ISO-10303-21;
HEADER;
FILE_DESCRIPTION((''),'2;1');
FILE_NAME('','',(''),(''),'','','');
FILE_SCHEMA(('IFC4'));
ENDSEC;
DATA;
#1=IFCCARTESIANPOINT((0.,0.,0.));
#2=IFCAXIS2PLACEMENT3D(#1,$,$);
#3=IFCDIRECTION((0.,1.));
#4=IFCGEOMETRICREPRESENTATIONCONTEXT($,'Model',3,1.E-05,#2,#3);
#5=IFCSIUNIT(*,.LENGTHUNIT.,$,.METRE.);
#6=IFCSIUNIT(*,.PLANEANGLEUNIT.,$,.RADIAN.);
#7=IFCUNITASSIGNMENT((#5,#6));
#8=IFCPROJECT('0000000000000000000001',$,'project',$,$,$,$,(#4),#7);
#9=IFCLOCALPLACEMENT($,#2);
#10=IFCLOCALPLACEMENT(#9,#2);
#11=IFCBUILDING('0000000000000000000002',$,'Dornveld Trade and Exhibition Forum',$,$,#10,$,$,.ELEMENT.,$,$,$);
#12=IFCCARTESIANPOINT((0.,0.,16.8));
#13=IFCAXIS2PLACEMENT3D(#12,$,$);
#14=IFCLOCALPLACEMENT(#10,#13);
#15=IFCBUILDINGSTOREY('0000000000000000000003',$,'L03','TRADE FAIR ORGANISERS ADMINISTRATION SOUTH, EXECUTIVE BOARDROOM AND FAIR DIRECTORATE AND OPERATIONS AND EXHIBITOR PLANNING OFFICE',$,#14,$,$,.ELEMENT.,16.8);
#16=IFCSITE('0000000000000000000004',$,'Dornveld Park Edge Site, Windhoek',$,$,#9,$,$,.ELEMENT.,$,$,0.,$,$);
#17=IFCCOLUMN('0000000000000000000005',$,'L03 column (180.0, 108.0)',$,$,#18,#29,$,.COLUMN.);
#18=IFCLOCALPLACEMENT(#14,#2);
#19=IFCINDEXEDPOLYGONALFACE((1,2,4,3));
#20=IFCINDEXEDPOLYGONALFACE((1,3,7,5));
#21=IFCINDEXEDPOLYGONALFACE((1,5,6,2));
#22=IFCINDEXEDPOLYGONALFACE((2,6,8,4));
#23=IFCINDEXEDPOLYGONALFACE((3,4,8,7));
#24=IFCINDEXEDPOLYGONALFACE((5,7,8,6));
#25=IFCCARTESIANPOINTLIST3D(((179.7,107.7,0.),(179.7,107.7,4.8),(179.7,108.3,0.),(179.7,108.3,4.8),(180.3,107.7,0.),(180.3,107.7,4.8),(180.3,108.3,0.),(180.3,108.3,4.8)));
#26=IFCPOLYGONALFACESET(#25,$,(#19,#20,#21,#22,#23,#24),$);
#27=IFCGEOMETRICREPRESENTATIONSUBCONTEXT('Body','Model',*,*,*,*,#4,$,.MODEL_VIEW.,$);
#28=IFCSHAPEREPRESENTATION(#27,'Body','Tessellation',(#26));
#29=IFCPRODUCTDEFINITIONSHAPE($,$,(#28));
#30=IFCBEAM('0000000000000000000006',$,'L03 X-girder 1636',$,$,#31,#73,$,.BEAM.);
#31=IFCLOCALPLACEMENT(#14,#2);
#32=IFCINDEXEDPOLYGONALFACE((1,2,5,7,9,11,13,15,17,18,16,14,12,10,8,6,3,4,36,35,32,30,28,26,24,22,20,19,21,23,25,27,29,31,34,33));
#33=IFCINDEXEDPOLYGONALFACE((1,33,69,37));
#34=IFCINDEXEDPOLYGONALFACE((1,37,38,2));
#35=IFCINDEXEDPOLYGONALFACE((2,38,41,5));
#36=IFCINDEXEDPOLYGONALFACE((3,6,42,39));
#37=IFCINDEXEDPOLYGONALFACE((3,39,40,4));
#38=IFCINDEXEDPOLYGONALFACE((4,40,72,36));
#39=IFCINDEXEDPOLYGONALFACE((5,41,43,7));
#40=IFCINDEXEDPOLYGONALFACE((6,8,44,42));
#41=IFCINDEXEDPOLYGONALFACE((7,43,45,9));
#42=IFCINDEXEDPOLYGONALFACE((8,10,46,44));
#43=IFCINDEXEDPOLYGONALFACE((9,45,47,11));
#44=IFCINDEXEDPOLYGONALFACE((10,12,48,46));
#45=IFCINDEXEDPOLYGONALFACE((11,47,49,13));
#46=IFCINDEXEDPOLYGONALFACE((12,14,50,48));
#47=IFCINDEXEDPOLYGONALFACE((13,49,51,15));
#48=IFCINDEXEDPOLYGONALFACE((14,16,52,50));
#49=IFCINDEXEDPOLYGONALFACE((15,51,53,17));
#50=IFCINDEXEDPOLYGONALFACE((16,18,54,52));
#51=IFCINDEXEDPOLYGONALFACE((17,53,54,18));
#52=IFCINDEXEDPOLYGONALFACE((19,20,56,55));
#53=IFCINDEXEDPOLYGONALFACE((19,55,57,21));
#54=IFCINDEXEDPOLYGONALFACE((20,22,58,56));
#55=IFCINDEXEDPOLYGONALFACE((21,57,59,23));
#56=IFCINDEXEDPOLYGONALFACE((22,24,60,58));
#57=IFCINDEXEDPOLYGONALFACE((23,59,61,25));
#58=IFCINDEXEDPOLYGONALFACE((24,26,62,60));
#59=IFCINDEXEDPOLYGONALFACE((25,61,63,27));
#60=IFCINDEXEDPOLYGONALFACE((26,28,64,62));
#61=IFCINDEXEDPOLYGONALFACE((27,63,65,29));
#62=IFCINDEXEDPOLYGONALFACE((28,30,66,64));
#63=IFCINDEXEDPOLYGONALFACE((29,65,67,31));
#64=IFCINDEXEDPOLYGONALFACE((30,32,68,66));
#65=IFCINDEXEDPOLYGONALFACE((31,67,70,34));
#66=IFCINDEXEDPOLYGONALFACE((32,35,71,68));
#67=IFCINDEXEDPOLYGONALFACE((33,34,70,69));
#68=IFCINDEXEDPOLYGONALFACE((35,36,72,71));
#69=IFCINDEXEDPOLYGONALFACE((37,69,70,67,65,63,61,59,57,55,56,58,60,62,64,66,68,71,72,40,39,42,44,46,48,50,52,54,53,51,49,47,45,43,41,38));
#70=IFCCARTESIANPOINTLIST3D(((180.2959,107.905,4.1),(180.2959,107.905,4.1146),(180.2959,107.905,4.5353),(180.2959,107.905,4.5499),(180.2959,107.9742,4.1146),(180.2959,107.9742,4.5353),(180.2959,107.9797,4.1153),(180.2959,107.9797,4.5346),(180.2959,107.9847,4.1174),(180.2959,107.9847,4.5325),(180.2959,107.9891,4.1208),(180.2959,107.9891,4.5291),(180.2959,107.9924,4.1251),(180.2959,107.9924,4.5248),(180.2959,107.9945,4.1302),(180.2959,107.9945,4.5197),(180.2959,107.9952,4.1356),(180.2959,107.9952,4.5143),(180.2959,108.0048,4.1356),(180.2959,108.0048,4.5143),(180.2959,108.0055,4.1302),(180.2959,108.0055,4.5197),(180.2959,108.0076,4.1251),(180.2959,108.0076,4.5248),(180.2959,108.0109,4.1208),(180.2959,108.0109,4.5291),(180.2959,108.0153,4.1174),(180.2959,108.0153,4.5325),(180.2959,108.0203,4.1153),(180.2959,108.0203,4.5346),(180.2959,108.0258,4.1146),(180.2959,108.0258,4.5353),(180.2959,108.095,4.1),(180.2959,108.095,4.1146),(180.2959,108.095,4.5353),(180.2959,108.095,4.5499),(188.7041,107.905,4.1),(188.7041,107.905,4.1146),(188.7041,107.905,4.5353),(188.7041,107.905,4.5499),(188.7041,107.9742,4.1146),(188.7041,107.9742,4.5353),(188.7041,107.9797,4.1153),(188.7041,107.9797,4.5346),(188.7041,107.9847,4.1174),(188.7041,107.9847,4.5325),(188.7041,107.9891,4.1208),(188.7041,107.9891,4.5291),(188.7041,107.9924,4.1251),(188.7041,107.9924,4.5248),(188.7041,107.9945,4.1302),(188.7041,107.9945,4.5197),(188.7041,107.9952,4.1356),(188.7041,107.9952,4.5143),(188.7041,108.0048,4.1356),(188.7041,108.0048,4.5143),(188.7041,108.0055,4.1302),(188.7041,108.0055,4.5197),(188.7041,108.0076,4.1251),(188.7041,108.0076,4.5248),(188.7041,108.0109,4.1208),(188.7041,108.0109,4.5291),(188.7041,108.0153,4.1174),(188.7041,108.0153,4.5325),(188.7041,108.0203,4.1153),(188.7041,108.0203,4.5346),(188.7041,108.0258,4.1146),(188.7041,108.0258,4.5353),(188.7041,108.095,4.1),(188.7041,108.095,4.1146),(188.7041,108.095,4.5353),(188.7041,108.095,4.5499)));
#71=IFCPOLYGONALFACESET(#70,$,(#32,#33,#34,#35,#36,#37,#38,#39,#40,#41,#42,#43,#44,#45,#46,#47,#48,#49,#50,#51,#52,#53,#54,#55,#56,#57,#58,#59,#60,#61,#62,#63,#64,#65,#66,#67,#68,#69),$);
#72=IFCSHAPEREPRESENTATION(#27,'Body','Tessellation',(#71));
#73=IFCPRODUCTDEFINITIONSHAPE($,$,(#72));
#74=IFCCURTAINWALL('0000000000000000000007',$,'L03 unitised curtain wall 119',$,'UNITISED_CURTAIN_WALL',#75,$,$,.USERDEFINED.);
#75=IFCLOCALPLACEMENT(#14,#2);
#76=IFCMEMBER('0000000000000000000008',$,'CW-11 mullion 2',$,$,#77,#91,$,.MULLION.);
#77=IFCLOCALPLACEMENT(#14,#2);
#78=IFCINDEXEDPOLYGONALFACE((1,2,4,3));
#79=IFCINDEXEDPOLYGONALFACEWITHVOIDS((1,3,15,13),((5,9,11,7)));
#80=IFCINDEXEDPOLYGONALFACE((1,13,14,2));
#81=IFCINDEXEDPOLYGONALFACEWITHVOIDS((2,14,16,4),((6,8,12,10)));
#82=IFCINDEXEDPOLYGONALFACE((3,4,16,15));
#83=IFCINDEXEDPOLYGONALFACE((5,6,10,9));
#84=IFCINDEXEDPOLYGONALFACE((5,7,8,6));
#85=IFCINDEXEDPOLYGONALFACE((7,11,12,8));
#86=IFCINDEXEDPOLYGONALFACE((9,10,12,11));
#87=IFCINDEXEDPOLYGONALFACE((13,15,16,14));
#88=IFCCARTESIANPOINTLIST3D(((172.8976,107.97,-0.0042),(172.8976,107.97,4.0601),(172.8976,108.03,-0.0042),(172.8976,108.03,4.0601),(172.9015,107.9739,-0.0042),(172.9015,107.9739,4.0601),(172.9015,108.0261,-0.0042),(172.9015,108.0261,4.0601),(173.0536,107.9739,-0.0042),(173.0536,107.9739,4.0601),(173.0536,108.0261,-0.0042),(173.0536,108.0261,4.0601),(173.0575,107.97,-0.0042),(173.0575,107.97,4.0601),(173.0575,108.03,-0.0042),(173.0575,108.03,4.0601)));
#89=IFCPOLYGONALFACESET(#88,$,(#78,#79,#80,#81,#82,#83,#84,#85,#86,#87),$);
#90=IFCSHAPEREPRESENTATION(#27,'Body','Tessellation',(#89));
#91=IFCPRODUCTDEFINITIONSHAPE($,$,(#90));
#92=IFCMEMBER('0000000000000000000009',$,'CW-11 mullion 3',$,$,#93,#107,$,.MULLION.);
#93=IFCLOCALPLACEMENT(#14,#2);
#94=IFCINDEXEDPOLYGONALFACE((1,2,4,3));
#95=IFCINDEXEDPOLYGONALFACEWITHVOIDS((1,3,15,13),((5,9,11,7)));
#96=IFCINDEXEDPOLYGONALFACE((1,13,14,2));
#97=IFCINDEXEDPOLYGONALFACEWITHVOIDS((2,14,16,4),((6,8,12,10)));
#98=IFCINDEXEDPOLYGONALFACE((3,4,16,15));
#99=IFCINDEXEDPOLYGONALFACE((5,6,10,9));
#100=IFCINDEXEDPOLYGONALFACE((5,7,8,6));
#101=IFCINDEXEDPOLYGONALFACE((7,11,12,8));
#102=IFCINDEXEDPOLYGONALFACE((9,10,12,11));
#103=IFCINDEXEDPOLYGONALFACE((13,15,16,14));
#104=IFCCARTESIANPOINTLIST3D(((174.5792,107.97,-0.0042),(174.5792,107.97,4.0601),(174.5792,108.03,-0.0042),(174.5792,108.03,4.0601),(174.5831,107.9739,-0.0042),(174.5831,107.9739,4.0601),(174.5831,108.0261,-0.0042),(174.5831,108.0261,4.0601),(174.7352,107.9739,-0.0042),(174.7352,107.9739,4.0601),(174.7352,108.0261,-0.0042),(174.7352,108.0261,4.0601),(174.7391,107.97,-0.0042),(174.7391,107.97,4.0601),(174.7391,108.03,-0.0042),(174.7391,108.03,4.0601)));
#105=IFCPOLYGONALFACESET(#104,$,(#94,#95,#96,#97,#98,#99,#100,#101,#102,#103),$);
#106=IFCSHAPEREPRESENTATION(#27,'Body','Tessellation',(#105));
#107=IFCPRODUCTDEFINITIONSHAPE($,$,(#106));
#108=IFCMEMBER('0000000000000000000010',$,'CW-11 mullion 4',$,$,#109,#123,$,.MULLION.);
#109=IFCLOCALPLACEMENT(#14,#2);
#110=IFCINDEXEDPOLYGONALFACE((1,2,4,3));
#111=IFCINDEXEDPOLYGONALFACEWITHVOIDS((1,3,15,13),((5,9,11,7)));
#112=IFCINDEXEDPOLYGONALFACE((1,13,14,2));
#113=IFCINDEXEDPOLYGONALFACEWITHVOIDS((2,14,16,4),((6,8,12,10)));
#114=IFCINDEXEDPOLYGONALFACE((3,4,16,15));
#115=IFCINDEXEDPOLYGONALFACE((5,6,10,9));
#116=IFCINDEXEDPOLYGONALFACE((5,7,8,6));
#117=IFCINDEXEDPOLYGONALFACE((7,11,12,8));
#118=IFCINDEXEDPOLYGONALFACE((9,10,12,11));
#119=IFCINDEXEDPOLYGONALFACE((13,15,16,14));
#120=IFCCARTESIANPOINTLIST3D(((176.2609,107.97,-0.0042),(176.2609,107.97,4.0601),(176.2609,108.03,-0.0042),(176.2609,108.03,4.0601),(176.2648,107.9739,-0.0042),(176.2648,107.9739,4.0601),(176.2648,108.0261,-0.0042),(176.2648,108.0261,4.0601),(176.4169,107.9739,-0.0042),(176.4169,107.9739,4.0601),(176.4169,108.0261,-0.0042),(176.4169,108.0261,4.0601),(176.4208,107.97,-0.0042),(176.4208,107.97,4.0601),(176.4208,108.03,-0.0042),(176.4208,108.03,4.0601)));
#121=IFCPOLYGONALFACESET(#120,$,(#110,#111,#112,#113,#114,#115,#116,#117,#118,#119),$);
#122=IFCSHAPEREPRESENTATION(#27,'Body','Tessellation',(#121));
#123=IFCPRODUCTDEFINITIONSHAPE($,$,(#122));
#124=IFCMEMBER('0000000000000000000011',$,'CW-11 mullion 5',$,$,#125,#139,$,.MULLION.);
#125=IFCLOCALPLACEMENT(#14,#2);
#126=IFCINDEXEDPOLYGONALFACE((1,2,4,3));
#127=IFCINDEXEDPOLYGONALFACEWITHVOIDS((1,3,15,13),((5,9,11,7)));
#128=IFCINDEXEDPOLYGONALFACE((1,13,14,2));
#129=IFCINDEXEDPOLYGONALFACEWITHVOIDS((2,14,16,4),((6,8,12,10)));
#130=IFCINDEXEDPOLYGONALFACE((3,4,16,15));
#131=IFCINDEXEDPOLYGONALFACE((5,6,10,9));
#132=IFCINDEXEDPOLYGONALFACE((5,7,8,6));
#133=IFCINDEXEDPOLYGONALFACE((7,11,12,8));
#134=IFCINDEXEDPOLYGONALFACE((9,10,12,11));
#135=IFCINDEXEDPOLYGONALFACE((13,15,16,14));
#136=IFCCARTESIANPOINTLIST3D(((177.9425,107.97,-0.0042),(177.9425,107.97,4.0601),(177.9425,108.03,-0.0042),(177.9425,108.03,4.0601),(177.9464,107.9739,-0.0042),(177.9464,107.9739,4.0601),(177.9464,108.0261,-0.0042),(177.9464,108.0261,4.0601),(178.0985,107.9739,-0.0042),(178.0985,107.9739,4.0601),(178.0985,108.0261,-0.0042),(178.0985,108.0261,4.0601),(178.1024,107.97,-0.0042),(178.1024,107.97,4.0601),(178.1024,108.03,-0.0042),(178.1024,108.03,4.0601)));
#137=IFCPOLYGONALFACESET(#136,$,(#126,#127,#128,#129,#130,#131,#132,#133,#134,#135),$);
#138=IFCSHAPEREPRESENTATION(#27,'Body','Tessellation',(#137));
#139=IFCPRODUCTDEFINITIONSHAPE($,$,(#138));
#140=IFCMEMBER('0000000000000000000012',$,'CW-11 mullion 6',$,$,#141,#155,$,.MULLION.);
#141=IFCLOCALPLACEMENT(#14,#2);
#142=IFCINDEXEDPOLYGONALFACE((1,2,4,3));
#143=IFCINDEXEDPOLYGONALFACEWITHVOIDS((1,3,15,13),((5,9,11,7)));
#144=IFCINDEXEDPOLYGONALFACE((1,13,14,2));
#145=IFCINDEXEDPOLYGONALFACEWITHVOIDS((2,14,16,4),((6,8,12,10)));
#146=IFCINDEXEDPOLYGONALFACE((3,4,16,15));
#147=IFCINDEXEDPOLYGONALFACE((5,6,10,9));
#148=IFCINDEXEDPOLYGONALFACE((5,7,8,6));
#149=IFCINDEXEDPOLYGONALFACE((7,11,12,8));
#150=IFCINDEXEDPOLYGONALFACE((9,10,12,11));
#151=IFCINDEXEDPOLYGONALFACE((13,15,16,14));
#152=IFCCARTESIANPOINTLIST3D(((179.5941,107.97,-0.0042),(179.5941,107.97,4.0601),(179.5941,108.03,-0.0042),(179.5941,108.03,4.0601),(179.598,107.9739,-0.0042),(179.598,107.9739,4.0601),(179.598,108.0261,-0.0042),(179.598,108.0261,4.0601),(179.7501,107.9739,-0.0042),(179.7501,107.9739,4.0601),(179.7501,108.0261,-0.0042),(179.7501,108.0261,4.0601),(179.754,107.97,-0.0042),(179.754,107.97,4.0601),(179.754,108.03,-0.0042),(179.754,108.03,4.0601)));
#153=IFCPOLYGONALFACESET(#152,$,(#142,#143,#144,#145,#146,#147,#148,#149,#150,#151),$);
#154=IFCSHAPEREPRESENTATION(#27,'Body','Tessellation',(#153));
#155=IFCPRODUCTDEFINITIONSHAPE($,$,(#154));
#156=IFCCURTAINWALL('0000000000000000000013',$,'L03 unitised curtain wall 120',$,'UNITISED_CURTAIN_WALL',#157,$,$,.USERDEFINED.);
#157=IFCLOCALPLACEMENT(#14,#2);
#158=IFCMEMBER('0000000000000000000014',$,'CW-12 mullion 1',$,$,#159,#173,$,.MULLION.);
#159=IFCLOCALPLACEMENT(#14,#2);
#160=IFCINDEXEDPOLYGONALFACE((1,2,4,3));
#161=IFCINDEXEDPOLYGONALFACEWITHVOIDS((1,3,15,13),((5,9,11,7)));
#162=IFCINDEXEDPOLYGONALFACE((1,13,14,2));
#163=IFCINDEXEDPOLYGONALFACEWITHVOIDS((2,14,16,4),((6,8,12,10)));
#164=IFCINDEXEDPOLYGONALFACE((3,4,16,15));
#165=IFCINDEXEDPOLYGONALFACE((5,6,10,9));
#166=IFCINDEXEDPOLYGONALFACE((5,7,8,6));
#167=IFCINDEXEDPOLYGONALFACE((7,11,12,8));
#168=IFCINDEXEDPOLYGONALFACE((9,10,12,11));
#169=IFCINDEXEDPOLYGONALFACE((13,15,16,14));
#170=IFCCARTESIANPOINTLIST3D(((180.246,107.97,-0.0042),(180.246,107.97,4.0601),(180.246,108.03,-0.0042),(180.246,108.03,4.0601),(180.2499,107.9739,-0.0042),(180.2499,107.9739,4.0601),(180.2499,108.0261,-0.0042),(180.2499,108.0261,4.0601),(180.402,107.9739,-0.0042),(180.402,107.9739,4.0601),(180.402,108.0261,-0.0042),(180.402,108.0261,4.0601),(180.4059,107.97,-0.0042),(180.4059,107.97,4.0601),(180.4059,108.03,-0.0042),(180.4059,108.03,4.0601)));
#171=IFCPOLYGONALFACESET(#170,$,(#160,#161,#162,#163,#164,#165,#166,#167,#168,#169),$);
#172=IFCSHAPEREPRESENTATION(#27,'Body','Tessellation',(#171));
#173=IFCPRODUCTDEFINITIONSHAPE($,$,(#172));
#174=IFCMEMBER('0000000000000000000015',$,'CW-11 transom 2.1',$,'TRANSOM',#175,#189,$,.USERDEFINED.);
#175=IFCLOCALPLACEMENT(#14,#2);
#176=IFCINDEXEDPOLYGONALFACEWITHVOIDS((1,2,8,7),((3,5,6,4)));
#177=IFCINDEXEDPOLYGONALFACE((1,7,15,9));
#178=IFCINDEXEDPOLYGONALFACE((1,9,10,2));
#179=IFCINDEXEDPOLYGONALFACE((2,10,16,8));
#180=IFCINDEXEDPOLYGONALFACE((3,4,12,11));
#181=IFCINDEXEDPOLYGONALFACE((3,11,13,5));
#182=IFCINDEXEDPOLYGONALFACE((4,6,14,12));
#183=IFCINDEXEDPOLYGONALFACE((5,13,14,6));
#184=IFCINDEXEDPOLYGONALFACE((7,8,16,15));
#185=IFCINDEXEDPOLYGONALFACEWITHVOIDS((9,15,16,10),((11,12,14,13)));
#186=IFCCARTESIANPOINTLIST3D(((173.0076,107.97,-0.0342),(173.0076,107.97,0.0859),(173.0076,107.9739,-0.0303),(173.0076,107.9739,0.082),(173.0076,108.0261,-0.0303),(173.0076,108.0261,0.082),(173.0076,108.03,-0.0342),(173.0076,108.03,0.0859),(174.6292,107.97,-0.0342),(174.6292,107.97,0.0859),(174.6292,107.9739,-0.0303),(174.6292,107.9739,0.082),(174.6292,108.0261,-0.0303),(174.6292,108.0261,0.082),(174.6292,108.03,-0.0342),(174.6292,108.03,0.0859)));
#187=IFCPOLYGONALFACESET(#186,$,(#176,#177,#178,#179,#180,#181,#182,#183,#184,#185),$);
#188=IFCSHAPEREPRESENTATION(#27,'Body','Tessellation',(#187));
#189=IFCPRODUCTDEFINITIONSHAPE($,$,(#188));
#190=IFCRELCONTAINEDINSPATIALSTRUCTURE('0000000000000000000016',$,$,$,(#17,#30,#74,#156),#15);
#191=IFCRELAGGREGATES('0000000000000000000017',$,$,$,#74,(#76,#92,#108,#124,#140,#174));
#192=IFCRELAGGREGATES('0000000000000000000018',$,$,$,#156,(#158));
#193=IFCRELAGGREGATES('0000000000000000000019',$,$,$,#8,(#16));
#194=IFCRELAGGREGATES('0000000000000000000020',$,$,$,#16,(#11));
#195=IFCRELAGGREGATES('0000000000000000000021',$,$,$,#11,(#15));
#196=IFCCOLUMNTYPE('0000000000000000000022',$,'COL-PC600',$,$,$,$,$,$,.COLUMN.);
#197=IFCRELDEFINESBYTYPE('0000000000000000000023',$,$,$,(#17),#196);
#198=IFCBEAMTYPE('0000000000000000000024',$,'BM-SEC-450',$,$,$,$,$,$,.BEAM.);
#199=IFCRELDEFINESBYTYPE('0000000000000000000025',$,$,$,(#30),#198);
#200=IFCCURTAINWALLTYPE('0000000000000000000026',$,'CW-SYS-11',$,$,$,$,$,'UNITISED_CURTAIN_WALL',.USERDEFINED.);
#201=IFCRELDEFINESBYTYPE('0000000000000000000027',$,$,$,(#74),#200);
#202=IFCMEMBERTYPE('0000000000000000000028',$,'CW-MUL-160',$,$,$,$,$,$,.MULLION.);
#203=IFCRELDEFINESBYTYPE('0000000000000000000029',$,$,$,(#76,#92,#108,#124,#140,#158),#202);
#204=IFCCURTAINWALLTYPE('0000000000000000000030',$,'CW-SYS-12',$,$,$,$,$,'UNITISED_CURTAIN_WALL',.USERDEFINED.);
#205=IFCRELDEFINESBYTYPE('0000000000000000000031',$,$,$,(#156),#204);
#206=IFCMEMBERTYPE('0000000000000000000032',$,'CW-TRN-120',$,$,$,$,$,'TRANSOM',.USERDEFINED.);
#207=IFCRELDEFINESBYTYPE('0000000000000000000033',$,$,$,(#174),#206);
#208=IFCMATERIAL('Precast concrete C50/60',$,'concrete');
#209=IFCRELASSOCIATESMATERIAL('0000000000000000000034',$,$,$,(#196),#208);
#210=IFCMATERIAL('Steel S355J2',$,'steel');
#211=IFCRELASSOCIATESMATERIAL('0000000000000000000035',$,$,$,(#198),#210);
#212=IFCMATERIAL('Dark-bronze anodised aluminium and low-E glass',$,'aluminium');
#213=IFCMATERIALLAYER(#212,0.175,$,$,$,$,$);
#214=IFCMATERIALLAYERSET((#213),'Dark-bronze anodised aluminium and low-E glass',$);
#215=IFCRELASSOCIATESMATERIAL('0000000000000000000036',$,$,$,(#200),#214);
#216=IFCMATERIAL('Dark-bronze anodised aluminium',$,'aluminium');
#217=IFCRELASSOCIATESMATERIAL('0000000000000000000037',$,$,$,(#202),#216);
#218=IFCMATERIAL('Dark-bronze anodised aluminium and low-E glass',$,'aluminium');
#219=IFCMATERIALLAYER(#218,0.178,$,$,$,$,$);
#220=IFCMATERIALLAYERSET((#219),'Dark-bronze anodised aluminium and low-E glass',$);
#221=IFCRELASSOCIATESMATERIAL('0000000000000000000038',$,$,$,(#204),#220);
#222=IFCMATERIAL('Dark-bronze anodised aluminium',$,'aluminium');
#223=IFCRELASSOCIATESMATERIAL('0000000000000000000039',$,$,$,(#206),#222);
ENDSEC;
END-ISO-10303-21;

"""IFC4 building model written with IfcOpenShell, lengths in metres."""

from ifc_helpers import new_model, si_unit, direction, frame, origin, origin_2d, place, context, subcontext, project, spatial, rectangle, hollow_rectangle, i_section, extrude, material, layer, layer_set, material_profile, profile_set, type_object, element, aggregate, save


model = new_model("IFC4")

# Units and contexts
model_context = context("Model", 3, precision=1e-05, world=origin(), true_north=direction((0.0, 1.0)))
body_context = subcontext(model_context, "Body", "Model", "MODEL_VIEW")
ifc_project = project(units=[si_unit("LENGTHUNIT", "METRE"), si_unit("PLANEANGLEUNIT", "RADIAN")], contexts=[model_context])

# Site, building, storey
site_placement = place(None, origin())
site = spatial("IfcSite", under=ifc_project, at=site_placement, Name="Dornveld Park Edge Site, Windhoek", CompositionType="ELEMENT", RefElevation=0.0)
building_placement = place(site_placement, origin())
building = spatial("IfcBuilding", under=site, at=building_placement, Name="Dornveld Trade and Exhibition Forum", CompositionType="ELEMENT")
storey_placement = place(building_placement, frame((0.0, 0.0, 16.8)))
storey = spatial("IfcBuildingStorey", under=building, at=storey_placement, Name="L03", Description="TRADE FAIR ORGANISERS ADMINISTRATION SOUTH, EXECUTIVE BOARDROOM AND FAIR DIRECTORATE AND OPERATIONS AND EXHIBITOR PLANNING OFFICE", CompositionType="ELEMENT", Elevation=16.8)

# Column
ifc_material_1 = material(Name="Precast concrete C50/60", Category="concrete")
ifc_material_profile_1 = material_profile(ifc_material_1, rectangle(XDim=0.6001, YDim=0.6001, at=origin_2d()), Name="PC-COL 600x600")
ifc_profile_set_1 = profile_set([ifc_material_profile_1], Name="Precast concrete C50/60")
column_type = type_object("IfcColumnType", Name="COL-PC600", PredefinedType="COLUMN", material=ifc_profile_set_1)
column_placement = place(storey_placement, frame((180.0, 108.0, 0.0), z_axis=(0.0, 0.0, 1.0), x_axis=(1.0, 0.0, 0.0)))
element("IfcColumn", 1, at=column_placement, inside=storey, type_object=column_type, Name="L03 column (180.0, 108.0)", PredefinedType="COLUMN", context=body_context, shape_type="SweptSolid", body=[
    extrude(rectangle(XDim=0.6001, YDim=0.6001, at=origin_2d()), origin(), (0.0, 0.0, 1.0), 4.8),
])

# Beam
ifc_material_2 = material(Name="Steel S355J2", Category="steel")
ifc_material_profile_2 = material_profile(ifc_material_2, i_section(OverallWidth=0.1899, OverallDepth=0.45, WebThickness=0.0095, FlangeThickness=0.0146, FilletRadius=0.021, at=origin_2d()), Name="IPE 450")
ifc_profile_set_2 = profile_set([ifc_material_profile_2], Name="Steel S355J2")
beam_type = type_object("IfcBeamType", Name="BM-SEC-450", PredefinedType="BEAM", material=ifc_profile_set_2)
beam_placement = place(storey_placement, frame((180.2959, 108.0, 4.325), z_axis=(1.0, 0.0, 0.0), x_axis=(0.0, 1.0, 0.0)))
element("IfcBeam", 2, at=beam_placement, inside=storey, type_object=beam_type, Name="L03 X-girder 1636", PredefinedType="BEAM", context=body_context, shape_type="SweptSolid", body=[
    extrude(i_section(OverallWidth=0.1899, OverallDepth=0.45, WebThickness=0.0095, FlangeThickness=0.0146, FilletRadius=0.021, at=origin_2d()), origin(), (0.0, 0.0, 1.0), 8.4082),
])

# Curtain wall, members
ifc_material_3 = material(Name="Dark-bronze anodised aluminium and low-E glass", Category="aluminium")
ifc_layer_1 = layer(ifc_material_3, 0.175)
ifc_layer_set_1 = layer_set([ifc_layer_1], Name="Dark-bronze anodised aluminium and low-E glass")
curtain_wall_type_1 = type_object("IfcCurtainWallType", Name="CW-SYS-11", ElementType="UNITISED_CURTAIN_WALL", PredefinedType="USERDEFINED", material=ifc_layer_set_1)
curtain_wall_1_placement = place(storey_placement, origin())
curtain_wall_1 = element("IfcCurtainWall", 3, at=curtain_wall_1_placement, inside=storey, type_object=curtain_wall_type_1, Name="L03 unitised curtain wall 119", ObjectType="UNITISED_CURTAIN_WALL", PredefinedType="USERDEFINED")
ifc_material_4 = material(Name="Dark-bronze anodised aluminium", Category="aluminium")
ifc_material_profile_3 = material_profile(ifc_material_4, hollow_rectangle(XDim=0.0601, YDim=0.1599, WallThickness=0.0039, at=origin_2d()), Name="RHS 160x60x4")
ifc_profile_set_3 = profile_set([ifc_material_profile_3], Name="Dark-bronze anodised aluminium")
member_type_1 = type_object("IfcMemberType", Name="CW-MUL-160", PredefinedType="MULLION", material=ifc_profile_set_3)
member_1_placement = place(storey_placement, frame((172.9775, 108.0, -0.0042), z_axis=(0.0, 0.0, 1.0), x_axis=(0.0, 1.0, 0.0)))
member_1 = element("IfcMember", 4, at=member_1_placement, type_object=member_type_1, Name="CW-11 mullion 2", PredefinedType="MULLION", context=body_context, shape_type="SweptSolid", body=[
    extrude(hollow_rectangle(XDim=0.0601, YDim=0.1599, WallThickness=0.0039, at=origin_2d()), origin(), (0.0, 0.0, 1.0), 4.0642),
])
member_2_placement = place(storey_placement, frame((174.6592, 108.0, -0.0042), z_axis=(0.0, 0.0, 1.0), x_axis=(0.0, 1.0, 0.0)))
member_2 = element("IfcMember", 5, at=member_2_placement, type_object=member_type_1, Name="CW-11 mullion 3", PredefinedType="MULLION", context=body_context, shape_type="SweptSolid", body=[
    extrude(hollow_rectangle(XDim=0.0601, YDim=0.1599, WallThickness=0.0039, at=origin_2d()), origin(), (0.0, 0.0, 1.0), 4.0642),
])
member_3_placement = place(storey_placement, frame((176.3408, 108.0, -0.0042), z_axis=(0.0, 0.0, 1.0), x_axis=(0.0, 1.0, 0.0)))
member_3 = element("IfcMember", 6, at=member_3_placement, type_object=member_type_1, Name="CW-11 mullion 4", PredefinedType="MULLION", context=body_context, shape_type="SweptSolid", body=[
    extrude(hollow_rectangle(XDim=0.0601, YDim=0.1599, WallThickness=0.0039, at=origin_2d()), origin(), (0.0, 0.0, 1.0), 4.0642),
])
member_4_placement = place(storey_placement, frame((178.0225, 108.0, -0.0042), z_axis=(0.0, 0.0, 1.0), x_axis=(0.0, 1.0, 0.0)))
member_4 = element("IfcMember", 7, at=member_4_placement, type_object=member_type_1, Name="CW-11 mullion 5", PredefinedType="MULLION", context=body_context, shape_type="SweptSolid", body=[
    extrude(hollow_rectangle(XDim=0.0601, YDim=0.1599, WallThickness=0.0039, at=origin_2d()), origin(), (0.0, 0.0, 1.0), 4.0642),
])
member_5_placement = place(storey_placement, frame((179.6741, 108.0, -0.0042), z_axis=(0.0, 0.0, 1.0), x_axis=(0.0, 1.0, 0.0)))
member_5 = element("IfcMember", 8, at=member_5_placement, type_object=member_type_1, Name="CW-11 mullion 6", PredefinedType="MULLION", context=body_context, shape_type="SweptSolid", body=[
    extrude(hollow_rectangle(XDim=0.0601, YDim=0.1599, WallThickness=0.0039, at=origin_2d()), origin(), (0.0, 0.0, 1.0), 4.0642),
])

# Curtain wall, member
ifc_material_5 = material(Name="Dark-bronze anodised aluminium and low-E glass", Category="aluminium")
ifc_layer_2 = layer(ifc_material_5, 0.178)
ifc_layer_set_2 = layer_set([ifc_layer_2], Name="Dark-bronze anodised aluminium and low-E glass")
curtain_wall_type_2 = type_object("IfcCurtainWallType", Name="CW-SYS-12", ElementType="UNITISED_CURTAIN_WALL", PredefinedType="USERDEFINED", material=ifc_layer_set_2)
curtain_wall_2_placement = place(storey_placement, origin())
curtain_wall_2 = element("IfcCurtainWall", 9, at=curtain_wall_2_placement, inside=storey, type_object=curtain_wall_type_2, Name="L03 unitised curtain wall 120", ObjectType="UNITISED_CURTAIN_WALL", PredefinedType="USERDEFINED")
member_6_placement = place(storey_placement, frame((180.3259, 108.0, -0.0042), z_axis=(0.0, 0.0, 1.0), x_axis=(0.0, 1.0, 0.0)))
member_6 = element("IfcMember", 10, at=member_6_placement, type_object=member_type_1, Name="CW-12 mullion 1", PredefinedType="MULLION", context=body_context, shape_type="SweptSolid", body=[
    extrude(hollow_rectangle(XDim=0.0601, YDim=0.1599, WallThickness=0.0039, at=origin_2d()), origin(), (0.0, 0.0, 1.0), 4.0642),
])

# Member
ifc_material_6 = material(Name="Dark-bronze anodised aluminium", Category="aluminium")
ifc_material_profile_4 = material_profile(ifc_material_6, hollow_rectangle(XDim=0.0601, YDim=0.1201, WallThickness=0.0039, at=origin_2d()), Name="RHS 120x60x4")
ifc_profile_set_4 = profile_set([ifc_material_profile_4], Name="Dark-bronze anodised aluminium")
member_type_2 = type_object("IfcMemberType", Name="CW-TRN-120", ElementType="TRANSOM", PredefinedType="USERDEFINED", material=ifc_profile_set_4)
member_7_placement = place(storey_placement, frame((173.0076, 108.0, 0.0259), z_axis=(1.0, 0.0, 0.0), x_axis=(0.0, 1.0, 0.0)))
member_7 = element("IfcMember", 11, at=member_7_placement, type_object=member_type_2, Name="CW-11 transom 2.1", ObjectType="TRANSOM", PredefinedType="USERDEFINED", context=body_context, shape_type="SweptSolid", body=[
    extrude(hollow_rectangle(XDim=0.0601, YDim=0.1201, WallThickness=0.0039, at=origin_2d()), origin(), (0.0, 0.0, 1.0), 1.6216),
])

aggregate(curtain_wall_1, [member_1, member_2, member_3, member_4, member_5, member_7])
aggregate(curtain_wall_2, [member_6])

save(model, "model.ifc")
